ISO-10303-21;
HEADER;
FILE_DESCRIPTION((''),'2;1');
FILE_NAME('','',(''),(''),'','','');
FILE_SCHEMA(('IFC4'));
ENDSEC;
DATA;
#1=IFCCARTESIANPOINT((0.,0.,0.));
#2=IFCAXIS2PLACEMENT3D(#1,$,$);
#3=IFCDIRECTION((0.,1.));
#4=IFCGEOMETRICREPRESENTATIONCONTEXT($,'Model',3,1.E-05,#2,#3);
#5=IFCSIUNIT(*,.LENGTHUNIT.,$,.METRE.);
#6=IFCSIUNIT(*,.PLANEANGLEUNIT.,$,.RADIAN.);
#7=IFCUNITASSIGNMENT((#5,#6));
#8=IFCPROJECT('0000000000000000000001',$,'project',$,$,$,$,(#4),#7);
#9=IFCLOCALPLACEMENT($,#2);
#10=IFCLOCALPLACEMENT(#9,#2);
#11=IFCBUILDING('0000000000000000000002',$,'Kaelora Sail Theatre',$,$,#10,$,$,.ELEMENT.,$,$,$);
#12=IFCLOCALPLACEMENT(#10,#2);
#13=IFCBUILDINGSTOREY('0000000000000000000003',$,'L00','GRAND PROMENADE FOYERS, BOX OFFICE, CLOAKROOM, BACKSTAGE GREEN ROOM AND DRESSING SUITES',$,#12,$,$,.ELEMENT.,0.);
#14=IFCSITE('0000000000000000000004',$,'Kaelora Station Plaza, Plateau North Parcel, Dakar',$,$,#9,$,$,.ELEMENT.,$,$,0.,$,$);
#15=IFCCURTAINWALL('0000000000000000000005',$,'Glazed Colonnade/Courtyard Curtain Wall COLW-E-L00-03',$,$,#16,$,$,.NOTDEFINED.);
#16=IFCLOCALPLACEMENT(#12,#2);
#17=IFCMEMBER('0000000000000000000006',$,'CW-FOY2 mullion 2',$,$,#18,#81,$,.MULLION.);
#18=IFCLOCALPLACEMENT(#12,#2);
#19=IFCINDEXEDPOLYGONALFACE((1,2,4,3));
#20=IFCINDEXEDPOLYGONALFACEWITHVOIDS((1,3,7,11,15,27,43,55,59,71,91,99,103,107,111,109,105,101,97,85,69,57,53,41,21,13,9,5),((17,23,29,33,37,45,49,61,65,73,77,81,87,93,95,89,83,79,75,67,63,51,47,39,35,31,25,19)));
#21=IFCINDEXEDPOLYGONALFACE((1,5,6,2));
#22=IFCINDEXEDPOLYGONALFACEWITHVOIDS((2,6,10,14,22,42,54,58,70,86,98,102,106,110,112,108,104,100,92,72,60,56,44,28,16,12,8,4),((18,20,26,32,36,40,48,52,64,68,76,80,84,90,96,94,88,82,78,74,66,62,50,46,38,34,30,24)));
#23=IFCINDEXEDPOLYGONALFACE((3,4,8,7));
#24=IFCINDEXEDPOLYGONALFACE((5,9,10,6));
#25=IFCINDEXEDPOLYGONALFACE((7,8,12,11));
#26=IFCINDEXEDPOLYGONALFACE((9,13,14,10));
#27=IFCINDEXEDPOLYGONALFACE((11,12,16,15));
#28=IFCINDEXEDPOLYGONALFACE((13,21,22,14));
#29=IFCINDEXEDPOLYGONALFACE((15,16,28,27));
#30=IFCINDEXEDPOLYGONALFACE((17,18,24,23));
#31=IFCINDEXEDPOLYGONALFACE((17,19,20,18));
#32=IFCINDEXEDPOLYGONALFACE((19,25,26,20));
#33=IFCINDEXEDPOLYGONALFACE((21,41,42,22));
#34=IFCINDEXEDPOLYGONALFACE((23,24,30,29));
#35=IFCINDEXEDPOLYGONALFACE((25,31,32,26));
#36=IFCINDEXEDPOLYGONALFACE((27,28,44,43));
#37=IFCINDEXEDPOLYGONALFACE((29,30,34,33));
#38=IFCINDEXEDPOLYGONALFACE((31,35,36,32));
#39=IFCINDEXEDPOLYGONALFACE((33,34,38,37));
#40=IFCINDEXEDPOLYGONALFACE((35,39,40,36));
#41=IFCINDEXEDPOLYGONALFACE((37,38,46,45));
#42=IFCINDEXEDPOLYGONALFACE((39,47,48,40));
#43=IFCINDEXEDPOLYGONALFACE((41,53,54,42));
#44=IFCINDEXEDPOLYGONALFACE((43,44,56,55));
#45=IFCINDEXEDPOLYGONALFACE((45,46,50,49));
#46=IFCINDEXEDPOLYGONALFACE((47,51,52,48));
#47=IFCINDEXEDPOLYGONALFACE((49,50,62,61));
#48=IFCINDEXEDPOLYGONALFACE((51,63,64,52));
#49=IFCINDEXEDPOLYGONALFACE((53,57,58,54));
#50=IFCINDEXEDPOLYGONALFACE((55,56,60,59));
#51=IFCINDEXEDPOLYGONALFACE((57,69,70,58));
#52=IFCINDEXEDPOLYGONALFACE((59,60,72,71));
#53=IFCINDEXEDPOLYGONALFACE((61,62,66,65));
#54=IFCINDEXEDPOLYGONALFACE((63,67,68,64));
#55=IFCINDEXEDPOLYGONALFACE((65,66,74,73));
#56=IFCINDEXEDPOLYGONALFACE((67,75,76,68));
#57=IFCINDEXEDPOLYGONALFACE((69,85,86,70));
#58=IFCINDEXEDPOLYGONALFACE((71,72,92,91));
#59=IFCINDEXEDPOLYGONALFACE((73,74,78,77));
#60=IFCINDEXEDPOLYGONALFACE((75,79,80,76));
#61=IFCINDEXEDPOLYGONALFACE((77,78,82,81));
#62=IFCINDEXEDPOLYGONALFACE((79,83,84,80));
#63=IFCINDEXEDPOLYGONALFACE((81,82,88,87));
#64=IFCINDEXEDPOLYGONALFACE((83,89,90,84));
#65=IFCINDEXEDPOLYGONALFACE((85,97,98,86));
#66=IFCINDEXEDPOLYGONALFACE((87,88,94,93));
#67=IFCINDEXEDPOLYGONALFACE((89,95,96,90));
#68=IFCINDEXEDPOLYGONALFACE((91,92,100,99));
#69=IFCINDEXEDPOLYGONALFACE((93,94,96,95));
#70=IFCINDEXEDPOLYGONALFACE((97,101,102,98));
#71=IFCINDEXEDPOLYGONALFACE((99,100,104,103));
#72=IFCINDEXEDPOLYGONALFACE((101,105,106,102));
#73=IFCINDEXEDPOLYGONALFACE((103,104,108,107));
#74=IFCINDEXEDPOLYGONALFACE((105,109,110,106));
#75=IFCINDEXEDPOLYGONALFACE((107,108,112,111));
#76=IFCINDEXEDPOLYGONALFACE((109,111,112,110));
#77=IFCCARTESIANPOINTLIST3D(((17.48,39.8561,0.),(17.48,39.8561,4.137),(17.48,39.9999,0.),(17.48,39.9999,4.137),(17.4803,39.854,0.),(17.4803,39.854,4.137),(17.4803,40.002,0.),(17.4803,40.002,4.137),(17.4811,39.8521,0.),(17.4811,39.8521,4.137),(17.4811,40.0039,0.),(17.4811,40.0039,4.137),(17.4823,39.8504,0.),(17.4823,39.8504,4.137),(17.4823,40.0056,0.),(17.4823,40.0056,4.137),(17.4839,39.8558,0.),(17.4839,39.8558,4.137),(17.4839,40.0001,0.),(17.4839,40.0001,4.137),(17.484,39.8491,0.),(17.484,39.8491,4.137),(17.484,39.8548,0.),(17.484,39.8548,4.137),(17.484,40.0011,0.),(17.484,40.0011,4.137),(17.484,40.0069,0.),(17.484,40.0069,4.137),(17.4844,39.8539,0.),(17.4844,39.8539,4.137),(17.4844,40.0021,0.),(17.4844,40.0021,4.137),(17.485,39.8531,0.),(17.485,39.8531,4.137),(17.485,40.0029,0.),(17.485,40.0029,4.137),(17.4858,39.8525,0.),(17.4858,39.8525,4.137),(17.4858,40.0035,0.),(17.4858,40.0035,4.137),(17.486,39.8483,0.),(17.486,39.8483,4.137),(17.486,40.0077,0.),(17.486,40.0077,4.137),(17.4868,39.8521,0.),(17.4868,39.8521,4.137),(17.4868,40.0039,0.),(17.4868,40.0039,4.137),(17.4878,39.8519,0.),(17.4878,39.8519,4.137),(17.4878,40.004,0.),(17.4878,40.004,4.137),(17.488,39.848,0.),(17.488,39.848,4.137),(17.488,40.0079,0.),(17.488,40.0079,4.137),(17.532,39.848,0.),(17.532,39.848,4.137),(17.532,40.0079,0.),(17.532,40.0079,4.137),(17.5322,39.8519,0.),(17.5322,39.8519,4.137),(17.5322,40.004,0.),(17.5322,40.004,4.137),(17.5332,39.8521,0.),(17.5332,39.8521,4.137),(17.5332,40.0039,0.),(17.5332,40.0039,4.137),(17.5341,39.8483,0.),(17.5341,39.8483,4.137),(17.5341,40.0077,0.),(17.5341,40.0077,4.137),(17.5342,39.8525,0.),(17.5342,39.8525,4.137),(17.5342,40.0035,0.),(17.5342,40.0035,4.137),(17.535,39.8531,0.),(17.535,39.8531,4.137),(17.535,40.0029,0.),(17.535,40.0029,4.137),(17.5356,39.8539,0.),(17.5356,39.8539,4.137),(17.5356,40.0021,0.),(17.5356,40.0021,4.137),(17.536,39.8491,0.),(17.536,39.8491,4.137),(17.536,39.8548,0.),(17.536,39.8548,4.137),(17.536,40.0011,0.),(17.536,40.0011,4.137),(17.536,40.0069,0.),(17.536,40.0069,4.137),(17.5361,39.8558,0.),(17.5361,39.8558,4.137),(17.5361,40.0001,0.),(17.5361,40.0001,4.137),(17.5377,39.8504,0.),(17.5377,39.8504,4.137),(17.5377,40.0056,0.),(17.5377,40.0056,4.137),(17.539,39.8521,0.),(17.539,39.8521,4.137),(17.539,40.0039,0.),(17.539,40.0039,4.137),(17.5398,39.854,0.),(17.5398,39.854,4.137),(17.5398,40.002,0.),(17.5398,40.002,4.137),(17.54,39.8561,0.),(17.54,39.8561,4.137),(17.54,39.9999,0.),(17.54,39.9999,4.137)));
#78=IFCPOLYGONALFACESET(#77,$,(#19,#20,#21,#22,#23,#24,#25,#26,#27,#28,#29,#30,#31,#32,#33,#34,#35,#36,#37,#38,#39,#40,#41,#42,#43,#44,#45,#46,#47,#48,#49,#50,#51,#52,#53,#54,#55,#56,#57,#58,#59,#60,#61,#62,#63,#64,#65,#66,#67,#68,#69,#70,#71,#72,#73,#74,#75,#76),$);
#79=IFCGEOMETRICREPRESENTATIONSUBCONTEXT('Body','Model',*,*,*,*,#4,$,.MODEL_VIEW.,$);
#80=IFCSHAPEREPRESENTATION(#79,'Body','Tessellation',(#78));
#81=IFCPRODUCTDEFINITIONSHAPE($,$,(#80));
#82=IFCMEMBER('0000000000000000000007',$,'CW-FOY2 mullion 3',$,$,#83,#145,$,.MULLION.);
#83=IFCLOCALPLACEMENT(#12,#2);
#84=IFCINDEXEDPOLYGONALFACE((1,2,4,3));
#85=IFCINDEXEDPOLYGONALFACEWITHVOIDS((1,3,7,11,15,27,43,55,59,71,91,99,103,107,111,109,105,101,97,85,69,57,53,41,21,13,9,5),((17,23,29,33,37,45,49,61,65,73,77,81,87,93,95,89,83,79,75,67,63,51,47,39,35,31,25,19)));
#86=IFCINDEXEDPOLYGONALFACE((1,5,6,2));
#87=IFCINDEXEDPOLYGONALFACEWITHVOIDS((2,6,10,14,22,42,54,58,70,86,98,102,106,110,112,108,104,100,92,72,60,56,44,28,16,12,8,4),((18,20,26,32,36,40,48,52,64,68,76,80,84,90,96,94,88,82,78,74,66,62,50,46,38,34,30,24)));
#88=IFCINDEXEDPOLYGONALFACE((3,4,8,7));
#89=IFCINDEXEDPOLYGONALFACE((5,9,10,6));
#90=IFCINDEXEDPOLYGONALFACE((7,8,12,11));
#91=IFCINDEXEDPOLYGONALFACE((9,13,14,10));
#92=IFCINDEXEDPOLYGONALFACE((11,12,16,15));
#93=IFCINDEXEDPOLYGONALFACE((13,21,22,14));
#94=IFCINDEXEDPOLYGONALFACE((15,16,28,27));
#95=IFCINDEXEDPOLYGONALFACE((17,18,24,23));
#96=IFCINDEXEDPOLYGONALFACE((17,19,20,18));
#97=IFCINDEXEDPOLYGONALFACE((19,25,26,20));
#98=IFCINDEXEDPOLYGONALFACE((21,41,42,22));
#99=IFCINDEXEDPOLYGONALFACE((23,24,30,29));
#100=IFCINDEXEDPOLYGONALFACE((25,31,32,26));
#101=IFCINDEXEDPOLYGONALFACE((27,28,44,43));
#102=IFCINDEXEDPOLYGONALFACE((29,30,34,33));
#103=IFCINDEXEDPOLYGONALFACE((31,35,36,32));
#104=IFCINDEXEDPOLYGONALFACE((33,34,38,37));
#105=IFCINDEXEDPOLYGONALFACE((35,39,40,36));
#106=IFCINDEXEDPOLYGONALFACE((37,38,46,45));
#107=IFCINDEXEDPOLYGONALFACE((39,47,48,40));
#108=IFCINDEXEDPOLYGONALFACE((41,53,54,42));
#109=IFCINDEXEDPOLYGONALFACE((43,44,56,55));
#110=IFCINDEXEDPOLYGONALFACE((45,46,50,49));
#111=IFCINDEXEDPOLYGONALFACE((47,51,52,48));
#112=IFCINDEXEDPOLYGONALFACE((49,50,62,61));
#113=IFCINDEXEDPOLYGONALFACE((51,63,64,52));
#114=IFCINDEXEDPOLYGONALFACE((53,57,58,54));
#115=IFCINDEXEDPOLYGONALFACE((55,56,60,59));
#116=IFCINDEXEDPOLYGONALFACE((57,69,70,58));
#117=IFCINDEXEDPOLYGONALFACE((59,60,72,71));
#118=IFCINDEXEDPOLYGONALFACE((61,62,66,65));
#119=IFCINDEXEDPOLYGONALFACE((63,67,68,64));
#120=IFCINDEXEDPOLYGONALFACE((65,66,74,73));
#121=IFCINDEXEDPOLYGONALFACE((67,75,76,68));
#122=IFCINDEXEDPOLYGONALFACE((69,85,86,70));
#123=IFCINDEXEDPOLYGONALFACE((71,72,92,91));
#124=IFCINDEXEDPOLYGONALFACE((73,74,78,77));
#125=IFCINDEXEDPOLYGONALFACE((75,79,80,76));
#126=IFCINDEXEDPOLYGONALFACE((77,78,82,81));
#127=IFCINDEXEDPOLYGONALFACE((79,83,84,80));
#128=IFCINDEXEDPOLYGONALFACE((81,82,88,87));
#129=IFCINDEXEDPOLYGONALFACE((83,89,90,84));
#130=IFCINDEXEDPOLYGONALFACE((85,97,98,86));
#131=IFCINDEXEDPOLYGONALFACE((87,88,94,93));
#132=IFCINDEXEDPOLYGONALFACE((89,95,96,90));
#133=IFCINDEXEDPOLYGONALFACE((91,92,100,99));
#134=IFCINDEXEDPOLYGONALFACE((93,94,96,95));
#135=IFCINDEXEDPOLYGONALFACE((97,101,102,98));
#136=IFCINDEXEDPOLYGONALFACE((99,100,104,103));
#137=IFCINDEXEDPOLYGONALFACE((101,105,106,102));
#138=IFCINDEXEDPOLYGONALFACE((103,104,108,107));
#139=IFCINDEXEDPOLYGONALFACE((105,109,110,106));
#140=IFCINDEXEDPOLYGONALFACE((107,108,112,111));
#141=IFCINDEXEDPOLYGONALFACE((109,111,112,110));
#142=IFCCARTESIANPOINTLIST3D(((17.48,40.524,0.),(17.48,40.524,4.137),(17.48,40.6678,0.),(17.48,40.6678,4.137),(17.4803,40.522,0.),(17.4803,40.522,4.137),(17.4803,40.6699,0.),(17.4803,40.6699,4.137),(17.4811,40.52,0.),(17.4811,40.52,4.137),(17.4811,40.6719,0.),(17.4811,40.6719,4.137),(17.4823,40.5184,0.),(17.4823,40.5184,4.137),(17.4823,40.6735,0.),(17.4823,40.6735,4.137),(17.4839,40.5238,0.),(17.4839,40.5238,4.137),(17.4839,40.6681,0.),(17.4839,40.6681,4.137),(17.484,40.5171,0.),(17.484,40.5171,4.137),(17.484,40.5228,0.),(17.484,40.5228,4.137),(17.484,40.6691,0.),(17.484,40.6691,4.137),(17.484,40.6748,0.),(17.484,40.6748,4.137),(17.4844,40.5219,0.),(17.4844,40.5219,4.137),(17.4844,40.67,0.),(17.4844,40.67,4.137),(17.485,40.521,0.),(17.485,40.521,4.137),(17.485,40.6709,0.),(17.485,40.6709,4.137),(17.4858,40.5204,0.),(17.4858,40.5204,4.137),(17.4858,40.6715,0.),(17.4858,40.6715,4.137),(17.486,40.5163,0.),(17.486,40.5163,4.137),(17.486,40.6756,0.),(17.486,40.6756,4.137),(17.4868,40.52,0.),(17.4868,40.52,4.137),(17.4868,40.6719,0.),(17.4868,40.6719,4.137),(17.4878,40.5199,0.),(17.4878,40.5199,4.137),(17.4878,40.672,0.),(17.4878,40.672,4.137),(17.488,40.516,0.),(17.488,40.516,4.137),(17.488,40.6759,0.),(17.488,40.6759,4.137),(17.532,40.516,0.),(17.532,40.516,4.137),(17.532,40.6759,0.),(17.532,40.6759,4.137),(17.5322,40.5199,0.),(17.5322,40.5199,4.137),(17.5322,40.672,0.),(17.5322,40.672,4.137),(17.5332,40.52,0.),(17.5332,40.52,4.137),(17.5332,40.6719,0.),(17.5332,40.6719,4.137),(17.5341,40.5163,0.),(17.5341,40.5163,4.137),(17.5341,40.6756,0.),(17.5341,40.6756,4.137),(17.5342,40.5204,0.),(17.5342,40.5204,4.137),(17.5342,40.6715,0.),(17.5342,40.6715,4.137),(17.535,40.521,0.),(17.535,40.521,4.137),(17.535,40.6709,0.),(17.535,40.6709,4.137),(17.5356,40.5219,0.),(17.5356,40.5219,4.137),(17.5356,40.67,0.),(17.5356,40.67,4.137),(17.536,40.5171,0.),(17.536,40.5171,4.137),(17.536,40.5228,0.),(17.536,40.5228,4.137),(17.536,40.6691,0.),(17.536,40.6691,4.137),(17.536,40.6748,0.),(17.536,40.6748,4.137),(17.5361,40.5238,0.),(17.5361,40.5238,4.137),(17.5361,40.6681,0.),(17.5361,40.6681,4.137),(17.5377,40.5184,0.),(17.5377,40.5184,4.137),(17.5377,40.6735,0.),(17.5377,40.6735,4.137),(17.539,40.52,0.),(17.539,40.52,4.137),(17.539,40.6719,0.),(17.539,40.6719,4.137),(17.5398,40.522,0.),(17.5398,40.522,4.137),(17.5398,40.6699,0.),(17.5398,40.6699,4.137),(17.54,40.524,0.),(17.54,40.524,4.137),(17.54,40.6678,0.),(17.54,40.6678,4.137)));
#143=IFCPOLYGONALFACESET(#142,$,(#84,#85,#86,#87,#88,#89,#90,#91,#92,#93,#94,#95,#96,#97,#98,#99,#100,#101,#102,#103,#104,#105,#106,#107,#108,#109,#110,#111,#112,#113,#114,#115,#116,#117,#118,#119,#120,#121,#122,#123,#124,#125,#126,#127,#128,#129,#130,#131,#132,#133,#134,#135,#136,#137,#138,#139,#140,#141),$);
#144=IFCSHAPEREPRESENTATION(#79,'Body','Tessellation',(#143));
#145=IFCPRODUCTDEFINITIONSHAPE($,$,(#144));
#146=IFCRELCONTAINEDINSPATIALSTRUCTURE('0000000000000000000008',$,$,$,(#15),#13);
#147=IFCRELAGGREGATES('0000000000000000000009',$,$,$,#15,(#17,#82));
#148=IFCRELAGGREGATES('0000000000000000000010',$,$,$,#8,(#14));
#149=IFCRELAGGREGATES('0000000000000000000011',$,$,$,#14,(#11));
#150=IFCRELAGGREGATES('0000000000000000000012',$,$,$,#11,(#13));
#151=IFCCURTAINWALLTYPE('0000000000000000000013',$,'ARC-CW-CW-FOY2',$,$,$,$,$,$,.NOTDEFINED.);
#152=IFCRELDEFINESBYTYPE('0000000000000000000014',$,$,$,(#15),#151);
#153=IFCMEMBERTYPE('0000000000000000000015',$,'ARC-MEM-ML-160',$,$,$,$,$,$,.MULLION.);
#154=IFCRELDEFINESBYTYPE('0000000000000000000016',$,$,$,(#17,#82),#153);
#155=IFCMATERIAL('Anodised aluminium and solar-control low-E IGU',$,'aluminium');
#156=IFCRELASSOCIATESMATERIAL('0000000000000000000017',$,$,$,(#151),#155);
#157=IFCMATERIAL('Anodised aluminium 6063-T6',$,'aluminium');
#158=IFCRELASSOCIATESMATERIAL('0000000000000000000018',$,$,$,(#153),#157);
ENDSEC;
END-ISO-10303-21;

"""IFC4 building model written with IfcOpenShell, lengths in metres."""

from ifc_helpers import new_model, si_unit, direction, frame, origin, origin_2d, place, context, subcontext, project, spatial, hollow_rectangle, extrude, material, material_profile, profile_set, type_object, element, aggregate, save


model = new_model("IFC4")

# Units and contexts
model_context = context("Model", 3, precision=1e-05, world=origin(), true_north=direction((0.0, 1.0)))
body_context = subcontext(model_context, "Body", "Model", "MODEL_VIEW")
ifc_project = project(units=[si_unit("LENGTHUNIT", "METRE"), si_unit("PLANEANGLEUNIT", "RADIAN")], contexts=[model_context])

# Site, building, storey
site_placement = place(None, origin())
site = spatial("IfcSite", under=ifc_project, at=site_placement, Name="Kaelora Station Plaza, Plateau North Parcel, Dakar", CompositionType="ELEMENT", RefElevation=0.0)
building_placement = place(site_placement, origin())
building = spatial("IfcBuilding", under=site, at=building_placement, Name="Kaelora Sail Theatre", CompositionType="ELEMENT")
storey_placement = place(building_placement, origin())
storey = spatial("IfcBuildingStorey", under=building, at=storey_placement, Name="L00", Description="GRAND PROMENADE FOYERS, BOX OFFICE, CLOAKROOM, BACKSTAGE GREEN ROOM AND DRESSING SUITES", CompositionType="ELEMENT", Elevation=0.0)

# Curtain wall, members
ifc_material_1 = material(Name="Anodised aluminium and solar-control low-E IGU", Category="aluminium")
curtain_wall_type = type_object("IfcCurtainWallType", Name="ARC-CW-CW-FOY2", PredefinedType="NOTDEFINED", material=ifc_material_1)
curtain_wall_placement = place(storey_placement, origin())
curtain_wall = element("IfcCurtainWall", 1, at=curtain_wall_placement, inside=storey, type_object=curtain_wall_type, Name="Glazed Colonnade/Courtyard Curtain Wall COLW-E-L00-03", PredefinedType="NOTDEFINED")
ifc_material_2 = material(Name="Anodised aluminium 6063-T6", Category="aluminium")
ifc_material_profile_1 = material_profile(ifc_material_2, hollow_rectangle(XDim=0.0601, YDim=0.1599, WallThickness=0.0039, InnerFilletRadius=0.0039, OuterFilletRadius=0.0081, at=origin_2d()), Name="ALU-MULL 60x160x4")
ifc_profile_set_1 = profile_set([ifc_material_profile_1], Name="Anodised aluminium 6063-T6")
member_type_1 = type_object("IfcMemberType", Name="ARC-MEM-ML-160", PredefinedType="MULLION", material=ifc_profile_set_1)
member_1_placement = place(storey_placement, frame((17.51, 39.928, 0.0), z_axis=(0.0, 0.0, 1.0), x_axis=(-1.0, 0.0, 0.0)))
member_1 = element("IfcMember", 2, at=member_1_placement, type_object=member_type_1, Name="CW-FOY2 mullion 2", PredefinedType="MULLION", context=body_context, shape_type="SweptSolid", body=[
    extrude(hollow_rectangle(XDim=0.0601, YDim=0.1599, WallThickness=0.0039, InnerFilletRadius=0.0039, OuterFilletRadius=0.0081, at=origin_2d()), origin(), (0.0, 0.0, 1.0), 4.137),
])
member_2_placement = place(storey_placement, frame((17.51, 40.5959, 0.0), z_axis=(0.0, 0.0, 1.0), x_axis=(-1.0, 0.0, 0.0)))
member_2 = element("IfcMember", 3, at=member_2_placement, type_object=member_type_1, Name="CW-FOY2 mullion 3", PredefinedType="MULLION", context=body_context, shape_type="SweptSolid", body=[
    extrude(hollow_rectangle(XDim=0.0601, YDim=0.1599, WallThickness=0.0039, InnerFilletRadius=0.0039, OuterFilletRadius=0.0081, at=origin_2d()), origin(), (0.0, 0.0, 1.0), 4.137),
])
aggregate(curtain_wall, [member_1, member_2])

save(model, "model.ifc")
